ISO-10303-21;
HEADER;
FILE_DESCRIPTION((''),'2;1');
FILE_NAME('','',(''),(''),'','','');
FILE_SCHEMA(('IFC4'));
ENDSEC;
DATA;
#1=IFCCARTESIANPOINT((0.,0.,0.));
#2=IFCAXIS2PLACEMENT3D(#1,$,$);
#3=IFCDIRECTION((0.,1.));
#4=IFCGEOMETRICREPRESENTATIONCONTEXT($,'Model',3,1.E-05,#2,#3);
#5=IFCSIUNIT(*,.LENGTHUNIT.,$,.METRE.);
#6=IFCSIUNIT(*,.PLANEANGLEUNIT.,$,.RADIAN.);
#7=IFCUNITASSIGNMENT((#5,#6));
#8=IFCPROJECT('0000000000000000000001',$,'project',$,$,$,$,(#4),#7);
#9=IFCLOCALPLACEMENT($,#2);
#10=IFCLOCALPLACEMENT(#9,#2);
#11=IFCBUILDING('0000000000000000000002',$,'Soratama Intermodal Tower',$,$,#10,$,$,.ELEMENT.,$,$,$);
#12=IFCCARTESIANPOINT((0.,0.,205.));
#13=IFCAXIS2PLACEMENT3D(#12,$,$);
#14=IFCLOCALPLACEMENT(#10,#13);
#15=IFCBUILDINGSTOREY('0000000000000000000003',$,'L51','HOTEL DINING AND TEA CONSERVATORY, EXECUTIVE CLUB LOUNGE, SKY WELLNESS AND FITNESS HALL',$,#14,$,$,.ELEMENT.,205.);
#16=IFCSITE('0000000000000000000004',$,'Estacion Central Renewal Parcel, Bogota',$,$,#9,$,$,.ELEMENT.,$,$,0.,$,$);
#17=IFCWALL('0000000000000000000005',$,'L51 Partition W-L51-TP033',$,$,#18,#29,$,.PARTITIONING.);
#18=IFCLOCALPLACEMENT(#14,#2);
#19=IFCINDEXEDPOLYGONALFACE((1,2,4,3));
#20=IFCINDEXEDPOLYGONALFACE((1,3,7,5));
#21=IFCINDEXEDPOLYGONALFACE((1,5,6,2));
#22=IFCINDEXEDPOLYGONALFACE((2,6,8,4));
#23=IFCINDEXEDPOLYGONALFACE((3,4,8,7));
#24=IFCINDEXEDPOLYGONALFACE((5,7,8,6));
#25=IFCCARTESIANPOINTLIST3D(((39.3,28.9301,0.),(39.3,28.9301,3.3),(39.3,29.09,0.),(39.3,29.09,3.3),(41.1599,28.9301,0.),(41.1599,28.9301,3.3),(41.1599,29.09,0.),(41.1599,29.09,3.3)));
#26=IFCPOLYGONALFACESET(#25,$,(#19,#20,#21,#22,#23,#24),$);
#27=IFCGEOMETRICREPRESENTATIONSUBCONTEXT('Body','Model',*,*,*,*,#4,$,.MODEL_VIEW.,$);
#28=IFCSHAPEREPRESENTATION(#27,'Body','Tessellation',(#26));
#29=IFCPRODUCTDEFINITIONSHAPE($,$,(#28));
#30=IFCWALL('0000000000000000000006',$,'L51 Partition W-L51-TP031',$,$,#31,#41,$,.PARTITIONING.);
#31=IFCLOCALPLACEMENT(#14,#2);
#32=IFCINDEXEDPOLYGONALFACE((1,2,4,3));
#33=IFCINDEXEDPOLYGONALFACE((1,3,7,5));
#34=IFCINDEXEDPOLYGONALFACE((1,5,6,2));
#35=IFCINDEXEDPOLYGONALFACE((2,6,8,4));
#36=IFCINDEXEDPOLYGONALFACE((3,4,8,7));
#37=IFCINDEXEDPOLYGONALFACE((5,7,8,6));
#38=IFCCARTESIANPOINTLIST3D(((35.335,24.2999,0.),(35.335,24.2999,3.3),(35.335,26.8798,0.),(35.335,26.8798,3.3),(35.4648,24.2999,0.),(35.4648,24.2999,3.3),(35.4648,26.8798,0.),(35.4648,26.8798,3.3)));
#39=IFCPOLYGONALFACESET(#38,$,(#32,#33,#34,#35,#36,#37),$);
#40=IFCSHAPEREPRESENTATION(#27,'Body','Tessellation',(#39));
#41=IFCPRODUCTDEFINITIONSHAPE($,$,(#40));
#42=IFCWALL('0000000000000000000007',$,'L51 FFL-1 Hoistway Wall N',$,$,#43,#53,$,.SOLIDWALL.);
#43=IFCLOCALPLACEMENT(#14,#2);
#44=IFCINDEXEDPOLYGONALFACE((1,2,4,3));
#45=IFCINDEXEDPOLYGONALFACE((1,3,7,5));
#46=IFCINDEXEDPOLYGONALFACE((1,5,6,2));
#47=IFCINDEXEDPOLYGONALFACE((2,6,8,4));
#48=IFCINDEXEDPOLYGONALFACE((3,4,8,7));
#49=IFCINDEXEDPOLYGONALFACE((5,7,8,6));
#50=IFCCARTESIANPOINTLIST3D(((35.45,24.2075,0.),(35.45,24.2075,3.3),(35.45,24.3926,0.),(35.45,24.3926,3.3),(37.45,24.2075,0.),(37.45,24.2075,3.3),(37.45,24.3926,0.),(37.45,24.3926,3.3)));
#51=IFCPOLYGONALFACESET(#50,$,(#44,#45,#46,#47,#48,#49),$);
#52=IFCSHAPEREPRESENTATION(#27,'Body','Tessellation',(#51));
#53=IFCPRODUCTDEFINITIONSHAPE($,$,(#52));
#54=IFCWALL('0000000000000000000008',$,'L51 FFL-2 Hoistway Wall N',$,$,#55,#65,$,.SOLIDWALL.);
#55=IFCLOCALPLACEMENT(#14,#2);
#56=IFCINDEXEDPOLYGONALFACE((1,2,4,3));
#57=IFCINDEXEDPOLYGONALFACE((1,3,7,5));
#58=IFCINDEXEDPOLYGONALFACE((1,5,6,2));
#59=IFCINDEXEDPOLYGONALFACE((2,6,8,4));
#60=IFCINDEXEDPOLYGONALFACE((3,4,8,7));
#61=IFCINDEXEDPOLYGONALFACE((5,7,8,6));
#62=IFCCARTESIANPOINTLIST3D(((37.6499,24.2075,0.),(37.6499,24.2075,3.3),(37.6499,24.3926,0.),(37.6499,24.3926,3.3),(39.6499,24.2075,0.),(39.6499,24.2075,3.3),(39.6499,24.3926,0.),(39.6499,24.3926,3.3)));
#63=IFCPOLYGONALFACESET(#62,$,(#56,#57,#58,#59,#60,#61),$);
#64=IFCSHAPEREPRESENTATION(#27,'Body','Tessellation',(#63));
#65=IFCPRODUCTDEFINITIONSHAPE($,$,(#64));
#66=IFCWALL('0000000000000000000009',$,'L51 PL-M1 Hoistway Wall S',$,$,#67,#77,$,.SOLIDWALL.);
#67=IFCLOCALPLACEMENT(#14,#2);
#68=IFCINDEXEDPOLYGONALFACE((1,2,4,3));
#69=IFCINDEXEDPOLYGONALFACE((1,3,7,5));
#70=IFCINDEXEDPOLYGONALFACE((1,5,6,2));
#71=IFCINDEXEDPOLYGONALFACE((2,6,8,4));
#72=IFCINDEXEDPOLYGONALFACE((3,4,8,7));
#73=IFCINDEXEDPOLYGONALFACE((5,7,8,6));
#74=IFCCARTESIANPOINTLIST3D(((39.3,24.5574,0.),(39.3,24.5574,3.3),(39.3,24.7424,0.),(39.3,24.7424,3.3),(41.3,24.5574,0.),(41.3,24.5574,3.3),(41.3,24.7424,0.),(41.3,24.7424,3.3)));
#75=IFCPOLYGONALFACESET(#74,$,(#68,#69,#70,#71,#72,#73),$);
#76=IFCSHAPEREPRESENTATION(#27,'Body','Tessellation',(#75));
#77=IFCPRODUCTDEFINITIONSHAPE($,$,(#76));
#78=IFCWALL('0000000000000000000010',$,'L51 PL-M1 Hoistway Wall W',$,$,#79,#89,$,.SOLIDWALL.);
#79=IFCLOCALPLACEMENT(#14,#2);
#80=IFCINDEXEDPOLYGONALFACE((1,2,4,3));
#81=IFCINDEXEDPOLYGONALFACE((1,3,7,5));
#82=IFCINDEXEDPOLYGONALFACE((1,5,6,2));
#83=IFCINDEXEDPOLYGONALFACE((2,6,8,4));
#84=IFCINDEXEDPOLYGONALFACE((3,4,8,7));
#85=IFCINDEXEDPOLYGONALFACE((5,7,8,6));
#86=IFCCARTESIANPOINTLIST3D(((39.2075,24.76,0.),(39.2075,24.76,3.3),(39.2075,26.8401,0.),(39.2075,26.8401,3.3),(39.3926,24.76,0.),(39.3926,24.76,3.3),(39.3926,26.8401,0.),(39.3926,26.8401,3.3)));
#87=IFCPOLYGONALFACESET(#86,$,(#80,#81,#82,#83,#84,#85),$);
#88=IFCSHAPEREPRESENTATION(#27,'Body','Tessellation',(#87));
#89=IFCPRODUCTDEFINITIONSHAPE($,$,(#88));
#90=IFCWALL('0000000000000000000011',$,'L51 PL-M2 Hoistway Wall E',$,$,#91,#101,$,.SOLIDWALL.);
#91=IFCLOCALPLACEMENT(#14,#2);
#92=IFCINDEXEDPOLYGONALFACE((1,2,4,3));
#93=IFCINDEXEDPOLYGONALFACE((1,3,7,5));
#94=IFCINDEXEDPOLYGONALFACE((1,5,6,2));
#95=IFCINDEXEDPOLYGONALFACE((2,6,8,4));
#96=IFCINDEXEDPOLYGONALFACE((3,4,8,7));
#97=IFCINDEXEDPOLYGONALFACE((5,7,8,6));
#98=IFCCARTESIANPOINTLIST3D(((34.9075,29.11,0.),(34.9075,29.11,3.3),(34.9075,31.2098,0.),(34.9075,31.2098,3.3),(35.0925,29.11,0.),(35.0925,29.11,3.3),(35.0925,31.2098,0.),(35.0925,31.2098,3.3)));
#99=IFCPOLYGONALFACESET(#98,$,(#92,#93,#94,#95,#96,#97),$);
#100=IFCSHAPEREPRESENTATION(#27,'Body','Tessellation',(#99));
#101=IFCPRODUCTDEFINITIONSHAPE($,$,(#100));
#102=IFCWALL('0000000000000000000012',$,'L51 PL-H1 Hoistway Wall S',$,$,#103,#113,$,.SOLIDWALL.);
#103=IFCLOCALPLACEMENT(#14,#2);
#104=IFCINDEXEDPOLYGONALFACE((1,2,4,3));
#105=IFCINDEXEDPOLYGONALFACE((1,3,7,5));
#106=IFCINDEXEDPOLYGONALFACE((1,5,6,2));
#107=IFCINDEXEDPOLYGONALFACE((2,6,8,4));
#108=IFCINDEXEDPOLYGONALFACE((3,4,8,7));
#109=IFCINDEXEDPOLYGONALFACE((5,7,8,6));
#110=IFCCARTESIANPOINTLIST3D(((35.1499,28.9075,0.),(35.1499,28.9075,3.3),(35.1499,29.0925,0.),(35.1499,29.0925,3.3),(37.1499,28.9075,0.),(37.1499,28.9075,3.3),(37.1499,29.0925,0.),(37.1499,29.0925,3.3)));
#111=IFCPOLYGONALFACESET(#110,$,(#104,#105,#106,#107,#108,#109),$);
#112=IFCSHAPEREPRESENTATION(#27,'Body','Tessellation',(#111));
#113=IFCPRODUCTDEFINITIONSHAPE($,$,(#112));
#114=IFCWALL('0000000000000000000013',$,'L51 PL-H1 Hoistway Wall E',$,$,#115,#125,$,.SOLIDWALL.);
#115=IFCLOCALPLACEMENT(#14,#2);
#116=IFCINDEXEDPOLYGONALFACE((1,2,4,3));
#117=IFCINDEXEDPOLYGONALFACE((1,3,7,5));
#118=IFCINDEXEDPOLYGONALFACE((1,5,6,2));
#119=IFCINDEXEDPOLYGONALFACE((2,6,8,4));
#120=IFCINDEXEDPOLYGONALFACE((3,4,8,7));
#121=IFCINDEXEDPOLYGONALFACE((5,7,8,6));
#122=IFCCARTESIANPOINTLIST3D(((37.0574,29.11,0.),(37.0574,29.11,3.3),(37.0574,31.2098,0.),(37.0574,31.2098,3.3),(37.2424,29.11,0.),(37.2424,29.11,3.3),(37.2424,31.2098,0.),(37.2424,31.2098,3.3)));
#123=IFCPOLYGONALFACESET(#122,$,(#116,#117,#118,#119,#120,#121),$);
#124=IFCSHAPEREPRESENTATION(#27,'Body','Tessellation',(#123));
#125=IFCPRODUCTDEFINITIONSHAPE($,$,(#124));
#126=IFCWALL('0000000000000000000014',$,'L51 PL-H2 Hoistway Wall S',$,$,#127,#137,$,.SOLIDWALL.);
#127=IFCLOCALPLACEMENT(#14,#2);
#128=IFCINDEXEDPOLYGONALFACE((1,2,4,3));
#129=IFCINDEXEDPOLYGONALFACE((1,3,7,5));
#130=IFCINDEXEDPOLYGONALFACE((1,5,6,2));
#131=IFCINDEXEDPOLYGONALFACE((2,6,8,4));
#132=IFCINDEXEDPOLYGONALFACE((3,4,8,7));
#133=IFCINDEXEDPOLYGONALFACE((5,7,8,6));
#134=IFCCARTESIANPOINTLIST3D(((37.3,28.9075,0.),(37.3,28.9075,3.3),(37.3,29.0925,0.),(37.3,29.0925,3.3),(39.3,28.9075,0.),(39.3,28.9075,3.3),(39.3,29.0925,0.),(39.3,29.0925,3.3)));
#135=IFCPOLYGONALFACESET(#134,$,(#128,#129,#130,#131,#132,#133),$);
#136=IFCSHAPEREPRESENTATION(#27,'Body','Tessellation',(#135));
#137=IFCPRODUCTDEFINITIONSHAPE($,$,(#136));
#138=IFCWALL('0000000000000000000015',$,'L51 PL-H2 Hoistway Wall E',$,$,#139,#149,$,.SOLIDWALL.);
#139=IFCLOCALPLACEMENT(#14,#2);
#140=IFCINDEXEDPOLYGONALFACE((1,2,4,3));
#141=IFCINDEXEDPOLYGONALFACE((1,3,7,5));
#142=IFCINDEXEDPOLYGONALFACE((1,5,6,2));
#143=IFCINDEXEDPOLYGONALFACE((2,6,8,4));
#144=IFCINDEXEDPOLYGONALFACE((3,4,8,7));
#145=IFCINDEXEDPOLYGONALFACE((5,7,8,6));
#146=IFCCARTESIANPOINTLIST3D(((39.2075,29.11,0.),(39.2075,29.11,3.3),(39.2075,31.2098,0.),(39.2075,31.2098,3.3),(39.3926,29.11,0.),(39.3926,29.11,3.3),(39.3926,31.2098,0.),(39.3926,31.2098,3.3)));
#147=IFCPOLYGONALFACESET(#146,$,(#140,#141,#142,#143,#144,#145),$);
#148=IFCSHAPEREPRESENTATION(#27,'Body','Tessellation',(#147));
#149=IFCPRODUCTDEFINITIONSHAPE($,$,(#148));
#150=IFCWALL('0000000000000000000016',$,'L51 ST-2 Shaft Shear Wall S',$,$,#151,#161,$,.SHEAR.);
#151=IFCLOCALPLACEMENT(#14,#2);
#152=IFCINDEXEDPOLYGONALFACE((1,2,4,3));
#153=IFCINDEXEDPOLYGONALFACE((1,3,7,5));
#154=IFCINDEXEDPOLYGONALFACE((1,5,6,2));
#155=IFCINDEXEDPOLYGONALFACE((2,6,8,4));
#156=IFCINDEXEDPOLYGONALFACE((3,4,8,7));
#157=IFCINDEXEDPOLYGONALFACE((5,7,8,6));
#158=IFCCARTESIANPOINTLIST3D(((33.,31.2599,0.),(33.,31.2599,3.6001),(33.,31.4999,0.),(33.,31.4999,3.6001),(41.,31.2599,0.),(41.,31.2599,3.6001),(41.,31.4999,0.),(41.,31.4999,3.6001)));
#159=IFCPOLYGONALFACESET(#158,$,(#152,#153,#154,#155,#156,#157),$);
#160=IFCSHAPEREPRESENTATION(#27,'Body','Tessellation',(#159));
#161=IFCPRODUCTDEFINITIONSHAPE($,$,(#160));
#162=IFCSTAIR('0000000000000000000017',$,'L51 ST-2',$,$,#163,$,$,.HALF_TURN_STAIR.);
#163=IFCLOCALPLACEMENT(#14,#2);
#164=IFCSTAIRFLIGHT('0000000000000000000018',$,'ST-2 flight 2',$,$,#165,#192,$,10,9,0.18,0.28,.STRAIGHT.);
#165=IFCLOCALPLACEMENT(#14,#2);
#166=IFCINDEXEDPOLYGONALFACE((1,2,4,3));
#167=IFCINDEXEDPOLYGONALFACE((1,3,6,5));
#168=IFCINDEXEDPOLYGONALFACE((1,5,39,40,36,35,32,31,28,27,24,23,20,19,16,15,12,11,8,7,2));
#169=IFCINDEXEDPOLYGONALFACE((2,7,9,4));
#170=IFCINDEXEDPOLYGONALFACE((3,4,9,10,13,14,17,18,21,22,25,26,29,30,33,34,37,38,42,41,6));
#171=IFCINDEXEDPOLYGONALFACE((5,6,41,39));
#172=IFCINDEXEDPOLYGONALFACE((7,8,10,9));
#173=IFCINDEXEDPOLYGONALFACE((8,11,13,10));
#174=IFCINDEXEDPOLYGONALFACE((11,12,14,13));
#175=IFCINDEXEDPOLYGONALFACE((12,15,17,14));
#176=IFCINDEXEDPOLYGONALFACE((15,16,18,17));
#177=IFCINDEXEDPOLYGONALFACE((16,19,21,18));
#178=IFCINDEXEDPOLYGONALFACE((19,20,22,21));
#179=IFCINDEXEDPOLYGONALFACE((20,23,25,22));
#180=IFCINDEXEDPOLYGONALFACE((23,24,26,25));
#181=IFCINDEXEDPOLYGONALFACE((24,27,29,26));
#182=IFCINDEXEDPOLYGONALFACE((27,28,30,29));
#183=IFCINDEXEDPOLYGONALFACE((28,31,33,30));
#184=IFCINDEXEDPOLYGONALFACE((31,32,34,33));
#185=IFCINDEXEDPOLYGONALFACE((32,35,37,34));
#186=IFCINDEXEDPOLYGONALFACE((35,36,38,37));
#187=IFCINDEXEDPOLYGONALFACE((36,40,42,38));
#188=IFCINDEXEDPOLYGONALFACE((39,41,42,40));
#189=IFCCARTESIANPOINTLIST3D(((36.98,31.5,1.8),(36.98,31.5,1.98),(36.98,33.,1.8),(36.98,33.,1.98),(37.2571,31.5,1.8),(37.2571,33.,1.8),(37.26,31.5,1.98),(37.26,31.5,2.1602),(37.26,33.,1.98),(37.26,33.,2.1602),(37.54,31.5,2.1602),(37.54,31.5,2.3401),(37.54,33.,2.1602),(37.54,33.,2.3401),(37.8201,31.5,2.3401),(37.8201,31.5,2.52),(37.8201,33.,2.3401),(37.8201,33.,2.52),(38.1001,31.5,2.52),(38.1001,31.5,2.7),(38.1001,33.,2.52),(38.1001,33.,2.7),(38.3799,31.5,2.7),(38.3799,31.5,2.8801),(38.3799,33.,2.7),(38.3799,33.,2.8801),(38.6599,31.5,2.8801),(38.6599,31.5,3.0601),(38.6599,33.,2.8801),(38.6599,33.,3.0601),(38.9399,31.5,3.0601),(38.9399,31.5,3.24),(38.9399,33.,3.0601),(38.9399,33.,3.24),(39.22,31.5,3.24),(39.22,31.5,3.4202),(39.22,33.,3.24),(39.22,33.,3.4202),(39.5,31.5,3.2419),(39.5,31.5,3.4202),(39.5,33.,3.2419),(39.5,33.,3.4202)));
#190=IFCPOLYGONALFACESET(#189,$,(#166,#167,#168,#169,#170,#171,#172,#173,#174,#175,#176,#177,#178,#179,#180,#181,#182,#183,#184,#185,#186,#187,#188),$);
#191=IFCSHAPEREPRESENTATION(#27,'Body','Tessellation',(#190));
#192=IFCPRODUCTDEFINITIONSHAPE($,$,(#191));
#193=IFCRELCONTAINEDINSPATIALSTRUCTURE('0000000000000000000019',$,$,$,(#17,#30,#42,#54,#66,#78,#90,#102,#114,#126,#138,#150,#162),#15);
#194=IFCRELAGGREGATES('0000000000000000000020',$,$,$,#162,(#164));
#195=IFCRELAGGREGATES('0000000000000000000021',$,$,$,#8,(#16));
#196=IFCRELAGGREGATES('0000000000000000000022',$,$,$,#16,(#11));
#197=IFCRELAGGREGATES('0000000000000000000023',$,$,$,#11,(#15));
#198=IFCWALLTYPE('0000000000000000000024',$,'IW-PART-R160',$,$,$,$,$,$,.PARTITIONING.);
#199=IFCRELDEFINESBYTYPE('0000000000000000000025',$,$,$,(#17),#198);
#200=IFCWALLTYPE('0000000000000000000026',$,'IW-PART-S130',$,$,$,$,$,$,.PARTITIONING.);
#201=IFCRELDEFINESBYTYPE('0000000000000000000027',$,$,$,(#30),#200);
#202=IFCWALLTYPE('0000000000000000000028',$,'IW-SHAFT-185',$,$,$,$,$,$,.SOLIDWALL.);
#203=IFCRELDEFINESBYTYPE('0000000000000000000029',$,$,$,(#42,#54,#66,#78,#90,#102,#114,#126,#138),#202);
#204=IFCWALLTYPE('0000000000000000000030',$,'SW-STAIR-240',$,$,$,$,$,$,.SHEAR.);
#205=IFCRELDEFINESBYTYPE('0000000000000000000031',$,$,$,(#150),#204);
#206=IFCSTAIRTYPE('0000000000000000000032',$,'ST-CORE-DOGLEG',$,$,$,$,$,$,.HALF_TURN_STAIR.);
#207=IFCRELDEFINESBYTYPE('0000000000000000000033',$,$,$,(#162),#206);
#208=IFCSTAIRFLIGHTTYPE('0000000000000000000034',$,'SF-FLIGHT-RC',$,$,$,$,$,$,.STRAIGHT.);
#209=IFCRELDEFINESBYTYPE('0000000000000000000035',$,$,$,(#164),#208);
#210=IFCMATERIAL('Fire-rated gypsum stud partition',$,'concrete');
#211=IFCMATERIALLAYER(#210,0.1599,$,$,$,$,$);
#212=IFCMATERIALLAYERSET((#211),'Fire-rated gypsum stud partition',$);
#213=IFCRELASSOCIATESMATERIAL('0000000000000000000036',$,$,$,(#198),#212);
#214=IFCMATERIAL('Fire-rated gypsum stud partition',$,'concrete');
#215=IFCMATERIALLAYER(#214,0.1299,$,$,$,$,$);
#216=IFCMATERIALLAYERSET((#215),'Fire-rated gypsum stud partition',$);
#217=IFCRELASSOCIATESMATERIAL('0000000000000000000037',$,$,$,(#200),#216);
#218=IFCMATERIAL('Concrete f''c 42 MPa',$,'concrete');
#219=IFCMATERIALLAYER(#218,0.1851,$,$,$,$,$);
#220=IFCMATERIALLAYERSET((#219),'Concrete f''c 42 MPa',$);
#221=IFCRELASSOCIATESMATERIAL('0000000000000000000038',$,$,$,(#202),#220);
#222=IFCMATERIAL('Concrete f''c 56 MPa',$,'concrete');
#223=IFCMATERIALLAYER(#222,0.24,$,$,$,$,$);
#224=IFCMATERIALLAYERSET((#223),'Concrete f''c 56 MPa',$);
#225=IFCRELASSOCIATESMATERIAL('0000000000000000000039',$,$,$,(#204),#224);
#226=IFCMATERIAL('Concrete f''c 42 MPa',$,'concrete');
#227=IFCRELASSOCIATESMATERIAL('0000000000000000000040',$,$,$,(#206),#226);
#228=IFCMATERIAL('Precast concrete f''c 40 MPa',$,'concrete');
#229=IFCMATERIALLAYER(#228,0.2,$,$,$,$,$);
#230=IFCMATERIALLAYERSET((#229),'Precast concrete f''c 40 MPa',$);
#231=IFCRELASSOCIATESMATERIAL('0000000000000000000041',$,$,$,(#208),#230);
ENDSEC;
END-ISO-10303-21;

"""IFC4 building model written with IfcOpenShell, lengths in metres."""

from ifc_helpers import new_model, si_unit, direction, frame, frame_2d, origin, place, context, subcontext, project, spatial, polyline, rectangle, outline, extrude, material, layer, layer_set, type_object, element, aggregate, save


model = new_model("IFC4")

# Units and contexts
model_context = context("Model", 3, precision=1e-05, world=origin(), true_north=direction((0.0, 1.0)))
body_context = subcontext(model_context, "Body", "Model", "MODEL_VIEW")
ifc_project = project(units=[si_unit("LENGTHUNIT", "METRE"), si_unit("PLANEANGLEUNIT", "RADIAN")], contexts=[model_context])

# Site, building, storey
site_placement = place(None, origin())
site = spatial("IfcSite", under=ifc_project, at=site_placement, Name="Estacion Central Renewal Parcel, Bogota", CompositionType="ELEMENT", RefElevation=0.0)
building_placement = place(site_placement, origin())
building = spatial("IfcBuilding", under=site, at=building_placement, Name="Soratama Intermodal Tower", CompositionType="ELEMENT")
storey_placement = place(building_placement, frame((0.0, 0.0, 205.0)))
storey = spatial("IfcBuildingStorey", under=building, at=storey_placement, Name="L51", Description="HOTEL DINING AND TEA CONSERVATORY, EXECUTIVE CLUB LOUNGE, SKY WELLNESS AND FITNESS HALL", CompositionType="ELEMENT", Elevation=205.0)

# Shared definitions
ifc_material_1 = material(Name="Fire-rated gypsum stud partition", Category="concrete")
ifc_layer_1 = layer(ifc_material_1, 0.1599)
ifc_layer_set_1 = layer_set([ifc_layer_1], Name="Fire-rated gypsum stud partition")
wall_type_1 = type_object("IfcWallType", Name="IW-PART-R160", PredefinedType="PARTITIONING", material=ifc_layer_set_1)

# Walls
wall_1_placement = place(storey_placement, frame((39.3, 29.01, 0.0), z_axis=(0.0, 0.0, 1.0), x_axis=(1.0, 0.0, 0.0)))
element("IfcWall", 1, at=wall_1_placement, inside=storey, type_object=wall_type_1, Name="L51 Partition W-L51-TP033", PredefinedType="PARTITIONING", context=body_context, shape_type="SweptSolid", body=[
    extrude(rectangle(XDim=1.8599, YDim=0.1599, at=frame_2d((0.9299, 0.0))), origin(), (0.0, 0.0, 1.0), 3.3),
])
ifc_material_2 = material(Name="Fire-rated gypsum stud partition", Category="concrete")
ifc_layer_2 = layer(ifc_material_2, 0.1299)
ifc_layer_set_2 = layer_set([ifc_layer_2], Name="Fire-rated gypsum stud partition")
wall_type_2 = type_object("IfcWallType", Name="IW-PART-S130", PredefinedType="PARTITIONING", material=ifc_layer_set_2)
wall_2_placement = place(storey_placement, frame((35.3999, 26.8799, 0.0), z_axis=(0.0, 0.0, 1.0), x_axis=(0.0, -1.0, 0.0)))
element("IfcWall", 2, at=wall_2_placement, inside=storey, type_object=wall_type_2, Name="L51 Partition W-L51-TP031", PredefinedType="PARTITIONING", context=body_context, shape_type="SweptSolid", body=[
    extrude(rectangle(XDim=2.5798, YDim=0.1299, at=frame_2d((1.29, 0.0))), origin(), (0.0, 0.0, 1.0), 3.3),
])
ifc_material_3 = material(Name="Concrete f'c 42 MPa", Category="concrete")
ifc_layer_3 = layer(ifc_material_3, 0.1851)
ifc_layer_set_3 = layer_set([ifc_layer_3], Name="Concrete f'c 42 MPa")
wall_type_3 = type_object("IfcWallType", Name="IW-SHAFT-185", PredefinedType="SOLIDWALL", material=ifc_layer_set_3)
for number, where, z_axis, x_axis, name in (
    (3, (35.45, 24.3, 0.0), (0.0, 0.0, 1.0), (1.0, 0.0, 0.0), "L51 FFL-1 Hoistway Wall N"),
    (4, (37.6499, 24.3, 0.0), (0.0, 0.0, 1.0), (1.0, 0.0, 0.0), "L51 FFL-2 Hoistway Wall N"),
    (5, (39.3, 24.6499, 0.0), (0.0, 0.0, 1.0), (1.0, 0.0, 0.0), "L51 PL-M1 Hoistway Wall S"),
):
    element("IfcWall", number, at=place(storey_placement, frame(where, z_axis=z_axis, x_axis=x_axis)), inside=storey, type_object=wall_type_3, Name=name, PredefinedType="SOLIDWALL", context=body_context, shape_type="SweptSolid", body=[
        extrude(rectangle(XDim=2.0, YDim=0.1851, at=frame_2d((1.0, 0.0))), origin(), (0.0, 0.0, 1.0), 3.3),
    ])

# Walls
wall_3_placement = place(storey_placement, frame((39.3, 24.76, 0.0), z_axis=(0.0, 0.0, 1.0), x_axis=(0.0, 1.0, 0.0)))
element("IfcWall", 6, at=wall_3_placement, inside=storey, type_object=wall_type_3, Name="L51 PL-M1 Hoistway Wall W", PredefinedType="SOLIDWALL", context=body_context, shape_type="SweptSolid", body=[
    extrude(rectangle(XDim=2.0801, YDim=0.1851, at=frame_2d((1.04, 0.0))), origin(), (0.0, 0.0, 1.0), 3.3),
])
wall_4_placement = place(storey_placement, frame((35.0, 29.1101, 0.0), z_axis=(0.0, 0.0, 1.0), x_axis=(0.0, 1.0, 0.0)))
element("IfcWall", 7, at=wall_4_placement, inside=storey, type_object=wall_type_3, Name="L51 PL-M2 Hoistway Wall E", PredefinedType="SOLIDWALL", context=body_context, shape_type="SweptSolid", body=[
    extrude(rectangle(XDim=2.0999, YDim=0.1851, at=frame_2d((1.0498, 0.0))), origin(), (0.0, 0.0, 1.0), 3.3),
])
wall_5_placement = place(storey_placement, frame((35.1499, 29.0, 0.0), z_axis=(0.0, 0.0, 1.0), x_axis=(1.0, 0.0, 0.0)))
element("IfcWall", 8, at=wall_5_placement, inside=storey, type_object=wall_type_3, Name="L51 PL-H1 Hoistway Wall S", PredefinedType="SOLIDWALL", context=body_context, shape_type="SweptSolid", body=[
    extrude(rectangle(XDim=2.0, YDim=0.1851, at=frame_2d((1.0, 0.0))), origin(), (0.0, 0.0, 1.0), 3.3),
])
wall_6_placement = place(storey_placement, frame((37.1499, 29.1101, 0.0), z_axis=(0.0, 0.0, 1.0), x_axis=(0.0, 1.0, 0.0)))
element("IfcWall", 9, at=wall_6_placement, inside=storey, type_object=wall_type_3, Name="L51 PL-H1 Hoistway Wall E", PredefinedType="SOLIDWALL", context=body_context, shape_type="SweptSolid", body=[
    extrude(rectangle(XDim=2.0999, YDim=0.1851, at=frame_2d((1.0498, 0.0))), origin(), (0.0, 0.0, 1.0), 3.3),
])
wall_7_placement = place(storey_placement, frame((37.3, 29.0, 0.0), z_axis=(0.0, 0.0, 1.0), x_axis=(1.0, 0.0, 0.0)))
element("IfcWall", 10, at=wall_7_placement, inside=storey, type_object=wall_type_3, Name="L51 PL-H2 Hoistway Wall S", PredefinedType="SOLIDWALL", context=body_context, shape_type="SweptSolid", body=[
    extrude(rectangle(XDim=2.0, YDim=0.1851, at=frame_2d((1.0, 0.0))), origin(), (0.0, 0.0, 1.0), 3.3),
])
wall_8_placement = place(storey_placement, frame((39.3, 29.1101, 0.0), z_axis=(0.0, 0.0, 1.0), x_axis=(0.0, 1.0, 0.0)))
element("IfcWall", 11, at=wall_8_placement, inside=storey, type_object=wall_type_3, Name="L51 PL-H2 Hoistway Wall E", PredefinedType="SOLIDWALL", context=body_context, shape_type="SweptSolid", body=[
    extrude(rectangle(XDim=2.0999, YDim=0.1851, at=frame_2d((1.0498, 0.0))), origin(), (0.0, 0.0, 1.0), 3.3),
])
ifc_material_4 = material(Name="Concrete f'c 56 MPa", Category="concrete")
ifc_layer_4 = layer(ifc_material_4, 0.24)
ifc_layer_set_4 = layer_set([ifc_layer_4], Name="Concrete f'c 56 MPa")
wall_type_4 = type_object("IfcWallType", Name="SW-STAIR-240", PredefinedType="SHEAR", material=ifc_layer_set_4)
wall_9_placement = place(storey_placement, frame((33.0, 31.3799, 0.0), z_axis=(0.0, 0.0, 1.0), x_axis=(1.0, 0.0, 0.0)))
element("IfcWall", 12, at=wall_9_placement, inside=storey, type_object=wall_type_4, Name="L51 ST-2 Shaft Shear Wall S", PredefinedType="SHEAR", context=body_context, shape_type="SweptSolid", body=[
    extrude(rectangle(XDim=8.0, YDim=0.24, at=frame_2d((4.0, 0.0))), origin(), (0.0, 0.0, 1.0), 3.6001),
])

# Stair, stair flight
ifc_material_5 = material(Name="Concrete f'c 42 MPa", Category="concrete")
stair_type = type_object("IfcStairType", Name="ST-CORE-DOGLEG", PredefinedType="HALF_TURN_STAIR", material=ifc_material_5)
stair_placement = place(storey_placement, origin())
stair = element("IfcStair", 13, at=stair_placement, inside=storey, type_object=stair_type, Name="L51 ST-2", PredefinedType="HALF_TURN_STAIR")
ifc_material_6 = material(Name="Precast concrete f'c 40 MPa", Category="concrete")
ifc_layer_5 = layer(ifc_material_6, 0.2)
ifc_layer_set_5 = layer_set([ifc_layer_5], Name="Precast concrete f'c 40 MPa")
stair_flight_type = type_object("IfcStairFlightType", Name="SF-FLIGHT-RC", PredefinedType="STRAIGHT", material=ifc_layer_set_5)
stair_flight_placement = place(storey_placement, frame((36.98, 32.25, 1.8), z_axis=(0.0, 0.0, 1.0), x_axis=(1.0, 0.0, 0.0)))
stair_flight = element("IfcStairFlight", 14, at=stair_flight_placement, type_object=stair_flight_type, Name="ST-2 flight 2", NumberOfRisers=10, NumberOfTreads=9, PredefinedType="STRAIGHT", RiserHeight=0.18, TreadLength=0.28, context=body_context, shape_type="SweptSolid", body=[
    extrude(outline(polyline([(0.0, 0.0), (0.0, 0.1799), (0.28, 0.1799), (0.28, 0.3601), (0.5601, 0.3601), (0.5601, 0.54), (0.8401, 0.54), (0.8401, 0.72), (1.1201, 0.72), (1.1201, 0.8999), (1.3999, 0.8999), (1.3999, 1.0801), (1.6799, 1.0801), (1.6799, 1.26), (1.96, 1.26), (1.96, 1.4399), (2.24, 1.4399), (2.24, 1.6201), (2.52, 1.6201), (2.52, 1.8), (2.52, 1.4419), (0.2771, 0.0), (0.0, 0.0)])), frame((0.0, 0.75, 0.0), z_axis=(0.0, -1.0, 0.0), x_axis=(1.0, 0.0, 0.0)), (0.0, 0.0, 1.0), 1.5),
])
aggregate(stair, [stair_flight])

save(model, "model.ifc")
